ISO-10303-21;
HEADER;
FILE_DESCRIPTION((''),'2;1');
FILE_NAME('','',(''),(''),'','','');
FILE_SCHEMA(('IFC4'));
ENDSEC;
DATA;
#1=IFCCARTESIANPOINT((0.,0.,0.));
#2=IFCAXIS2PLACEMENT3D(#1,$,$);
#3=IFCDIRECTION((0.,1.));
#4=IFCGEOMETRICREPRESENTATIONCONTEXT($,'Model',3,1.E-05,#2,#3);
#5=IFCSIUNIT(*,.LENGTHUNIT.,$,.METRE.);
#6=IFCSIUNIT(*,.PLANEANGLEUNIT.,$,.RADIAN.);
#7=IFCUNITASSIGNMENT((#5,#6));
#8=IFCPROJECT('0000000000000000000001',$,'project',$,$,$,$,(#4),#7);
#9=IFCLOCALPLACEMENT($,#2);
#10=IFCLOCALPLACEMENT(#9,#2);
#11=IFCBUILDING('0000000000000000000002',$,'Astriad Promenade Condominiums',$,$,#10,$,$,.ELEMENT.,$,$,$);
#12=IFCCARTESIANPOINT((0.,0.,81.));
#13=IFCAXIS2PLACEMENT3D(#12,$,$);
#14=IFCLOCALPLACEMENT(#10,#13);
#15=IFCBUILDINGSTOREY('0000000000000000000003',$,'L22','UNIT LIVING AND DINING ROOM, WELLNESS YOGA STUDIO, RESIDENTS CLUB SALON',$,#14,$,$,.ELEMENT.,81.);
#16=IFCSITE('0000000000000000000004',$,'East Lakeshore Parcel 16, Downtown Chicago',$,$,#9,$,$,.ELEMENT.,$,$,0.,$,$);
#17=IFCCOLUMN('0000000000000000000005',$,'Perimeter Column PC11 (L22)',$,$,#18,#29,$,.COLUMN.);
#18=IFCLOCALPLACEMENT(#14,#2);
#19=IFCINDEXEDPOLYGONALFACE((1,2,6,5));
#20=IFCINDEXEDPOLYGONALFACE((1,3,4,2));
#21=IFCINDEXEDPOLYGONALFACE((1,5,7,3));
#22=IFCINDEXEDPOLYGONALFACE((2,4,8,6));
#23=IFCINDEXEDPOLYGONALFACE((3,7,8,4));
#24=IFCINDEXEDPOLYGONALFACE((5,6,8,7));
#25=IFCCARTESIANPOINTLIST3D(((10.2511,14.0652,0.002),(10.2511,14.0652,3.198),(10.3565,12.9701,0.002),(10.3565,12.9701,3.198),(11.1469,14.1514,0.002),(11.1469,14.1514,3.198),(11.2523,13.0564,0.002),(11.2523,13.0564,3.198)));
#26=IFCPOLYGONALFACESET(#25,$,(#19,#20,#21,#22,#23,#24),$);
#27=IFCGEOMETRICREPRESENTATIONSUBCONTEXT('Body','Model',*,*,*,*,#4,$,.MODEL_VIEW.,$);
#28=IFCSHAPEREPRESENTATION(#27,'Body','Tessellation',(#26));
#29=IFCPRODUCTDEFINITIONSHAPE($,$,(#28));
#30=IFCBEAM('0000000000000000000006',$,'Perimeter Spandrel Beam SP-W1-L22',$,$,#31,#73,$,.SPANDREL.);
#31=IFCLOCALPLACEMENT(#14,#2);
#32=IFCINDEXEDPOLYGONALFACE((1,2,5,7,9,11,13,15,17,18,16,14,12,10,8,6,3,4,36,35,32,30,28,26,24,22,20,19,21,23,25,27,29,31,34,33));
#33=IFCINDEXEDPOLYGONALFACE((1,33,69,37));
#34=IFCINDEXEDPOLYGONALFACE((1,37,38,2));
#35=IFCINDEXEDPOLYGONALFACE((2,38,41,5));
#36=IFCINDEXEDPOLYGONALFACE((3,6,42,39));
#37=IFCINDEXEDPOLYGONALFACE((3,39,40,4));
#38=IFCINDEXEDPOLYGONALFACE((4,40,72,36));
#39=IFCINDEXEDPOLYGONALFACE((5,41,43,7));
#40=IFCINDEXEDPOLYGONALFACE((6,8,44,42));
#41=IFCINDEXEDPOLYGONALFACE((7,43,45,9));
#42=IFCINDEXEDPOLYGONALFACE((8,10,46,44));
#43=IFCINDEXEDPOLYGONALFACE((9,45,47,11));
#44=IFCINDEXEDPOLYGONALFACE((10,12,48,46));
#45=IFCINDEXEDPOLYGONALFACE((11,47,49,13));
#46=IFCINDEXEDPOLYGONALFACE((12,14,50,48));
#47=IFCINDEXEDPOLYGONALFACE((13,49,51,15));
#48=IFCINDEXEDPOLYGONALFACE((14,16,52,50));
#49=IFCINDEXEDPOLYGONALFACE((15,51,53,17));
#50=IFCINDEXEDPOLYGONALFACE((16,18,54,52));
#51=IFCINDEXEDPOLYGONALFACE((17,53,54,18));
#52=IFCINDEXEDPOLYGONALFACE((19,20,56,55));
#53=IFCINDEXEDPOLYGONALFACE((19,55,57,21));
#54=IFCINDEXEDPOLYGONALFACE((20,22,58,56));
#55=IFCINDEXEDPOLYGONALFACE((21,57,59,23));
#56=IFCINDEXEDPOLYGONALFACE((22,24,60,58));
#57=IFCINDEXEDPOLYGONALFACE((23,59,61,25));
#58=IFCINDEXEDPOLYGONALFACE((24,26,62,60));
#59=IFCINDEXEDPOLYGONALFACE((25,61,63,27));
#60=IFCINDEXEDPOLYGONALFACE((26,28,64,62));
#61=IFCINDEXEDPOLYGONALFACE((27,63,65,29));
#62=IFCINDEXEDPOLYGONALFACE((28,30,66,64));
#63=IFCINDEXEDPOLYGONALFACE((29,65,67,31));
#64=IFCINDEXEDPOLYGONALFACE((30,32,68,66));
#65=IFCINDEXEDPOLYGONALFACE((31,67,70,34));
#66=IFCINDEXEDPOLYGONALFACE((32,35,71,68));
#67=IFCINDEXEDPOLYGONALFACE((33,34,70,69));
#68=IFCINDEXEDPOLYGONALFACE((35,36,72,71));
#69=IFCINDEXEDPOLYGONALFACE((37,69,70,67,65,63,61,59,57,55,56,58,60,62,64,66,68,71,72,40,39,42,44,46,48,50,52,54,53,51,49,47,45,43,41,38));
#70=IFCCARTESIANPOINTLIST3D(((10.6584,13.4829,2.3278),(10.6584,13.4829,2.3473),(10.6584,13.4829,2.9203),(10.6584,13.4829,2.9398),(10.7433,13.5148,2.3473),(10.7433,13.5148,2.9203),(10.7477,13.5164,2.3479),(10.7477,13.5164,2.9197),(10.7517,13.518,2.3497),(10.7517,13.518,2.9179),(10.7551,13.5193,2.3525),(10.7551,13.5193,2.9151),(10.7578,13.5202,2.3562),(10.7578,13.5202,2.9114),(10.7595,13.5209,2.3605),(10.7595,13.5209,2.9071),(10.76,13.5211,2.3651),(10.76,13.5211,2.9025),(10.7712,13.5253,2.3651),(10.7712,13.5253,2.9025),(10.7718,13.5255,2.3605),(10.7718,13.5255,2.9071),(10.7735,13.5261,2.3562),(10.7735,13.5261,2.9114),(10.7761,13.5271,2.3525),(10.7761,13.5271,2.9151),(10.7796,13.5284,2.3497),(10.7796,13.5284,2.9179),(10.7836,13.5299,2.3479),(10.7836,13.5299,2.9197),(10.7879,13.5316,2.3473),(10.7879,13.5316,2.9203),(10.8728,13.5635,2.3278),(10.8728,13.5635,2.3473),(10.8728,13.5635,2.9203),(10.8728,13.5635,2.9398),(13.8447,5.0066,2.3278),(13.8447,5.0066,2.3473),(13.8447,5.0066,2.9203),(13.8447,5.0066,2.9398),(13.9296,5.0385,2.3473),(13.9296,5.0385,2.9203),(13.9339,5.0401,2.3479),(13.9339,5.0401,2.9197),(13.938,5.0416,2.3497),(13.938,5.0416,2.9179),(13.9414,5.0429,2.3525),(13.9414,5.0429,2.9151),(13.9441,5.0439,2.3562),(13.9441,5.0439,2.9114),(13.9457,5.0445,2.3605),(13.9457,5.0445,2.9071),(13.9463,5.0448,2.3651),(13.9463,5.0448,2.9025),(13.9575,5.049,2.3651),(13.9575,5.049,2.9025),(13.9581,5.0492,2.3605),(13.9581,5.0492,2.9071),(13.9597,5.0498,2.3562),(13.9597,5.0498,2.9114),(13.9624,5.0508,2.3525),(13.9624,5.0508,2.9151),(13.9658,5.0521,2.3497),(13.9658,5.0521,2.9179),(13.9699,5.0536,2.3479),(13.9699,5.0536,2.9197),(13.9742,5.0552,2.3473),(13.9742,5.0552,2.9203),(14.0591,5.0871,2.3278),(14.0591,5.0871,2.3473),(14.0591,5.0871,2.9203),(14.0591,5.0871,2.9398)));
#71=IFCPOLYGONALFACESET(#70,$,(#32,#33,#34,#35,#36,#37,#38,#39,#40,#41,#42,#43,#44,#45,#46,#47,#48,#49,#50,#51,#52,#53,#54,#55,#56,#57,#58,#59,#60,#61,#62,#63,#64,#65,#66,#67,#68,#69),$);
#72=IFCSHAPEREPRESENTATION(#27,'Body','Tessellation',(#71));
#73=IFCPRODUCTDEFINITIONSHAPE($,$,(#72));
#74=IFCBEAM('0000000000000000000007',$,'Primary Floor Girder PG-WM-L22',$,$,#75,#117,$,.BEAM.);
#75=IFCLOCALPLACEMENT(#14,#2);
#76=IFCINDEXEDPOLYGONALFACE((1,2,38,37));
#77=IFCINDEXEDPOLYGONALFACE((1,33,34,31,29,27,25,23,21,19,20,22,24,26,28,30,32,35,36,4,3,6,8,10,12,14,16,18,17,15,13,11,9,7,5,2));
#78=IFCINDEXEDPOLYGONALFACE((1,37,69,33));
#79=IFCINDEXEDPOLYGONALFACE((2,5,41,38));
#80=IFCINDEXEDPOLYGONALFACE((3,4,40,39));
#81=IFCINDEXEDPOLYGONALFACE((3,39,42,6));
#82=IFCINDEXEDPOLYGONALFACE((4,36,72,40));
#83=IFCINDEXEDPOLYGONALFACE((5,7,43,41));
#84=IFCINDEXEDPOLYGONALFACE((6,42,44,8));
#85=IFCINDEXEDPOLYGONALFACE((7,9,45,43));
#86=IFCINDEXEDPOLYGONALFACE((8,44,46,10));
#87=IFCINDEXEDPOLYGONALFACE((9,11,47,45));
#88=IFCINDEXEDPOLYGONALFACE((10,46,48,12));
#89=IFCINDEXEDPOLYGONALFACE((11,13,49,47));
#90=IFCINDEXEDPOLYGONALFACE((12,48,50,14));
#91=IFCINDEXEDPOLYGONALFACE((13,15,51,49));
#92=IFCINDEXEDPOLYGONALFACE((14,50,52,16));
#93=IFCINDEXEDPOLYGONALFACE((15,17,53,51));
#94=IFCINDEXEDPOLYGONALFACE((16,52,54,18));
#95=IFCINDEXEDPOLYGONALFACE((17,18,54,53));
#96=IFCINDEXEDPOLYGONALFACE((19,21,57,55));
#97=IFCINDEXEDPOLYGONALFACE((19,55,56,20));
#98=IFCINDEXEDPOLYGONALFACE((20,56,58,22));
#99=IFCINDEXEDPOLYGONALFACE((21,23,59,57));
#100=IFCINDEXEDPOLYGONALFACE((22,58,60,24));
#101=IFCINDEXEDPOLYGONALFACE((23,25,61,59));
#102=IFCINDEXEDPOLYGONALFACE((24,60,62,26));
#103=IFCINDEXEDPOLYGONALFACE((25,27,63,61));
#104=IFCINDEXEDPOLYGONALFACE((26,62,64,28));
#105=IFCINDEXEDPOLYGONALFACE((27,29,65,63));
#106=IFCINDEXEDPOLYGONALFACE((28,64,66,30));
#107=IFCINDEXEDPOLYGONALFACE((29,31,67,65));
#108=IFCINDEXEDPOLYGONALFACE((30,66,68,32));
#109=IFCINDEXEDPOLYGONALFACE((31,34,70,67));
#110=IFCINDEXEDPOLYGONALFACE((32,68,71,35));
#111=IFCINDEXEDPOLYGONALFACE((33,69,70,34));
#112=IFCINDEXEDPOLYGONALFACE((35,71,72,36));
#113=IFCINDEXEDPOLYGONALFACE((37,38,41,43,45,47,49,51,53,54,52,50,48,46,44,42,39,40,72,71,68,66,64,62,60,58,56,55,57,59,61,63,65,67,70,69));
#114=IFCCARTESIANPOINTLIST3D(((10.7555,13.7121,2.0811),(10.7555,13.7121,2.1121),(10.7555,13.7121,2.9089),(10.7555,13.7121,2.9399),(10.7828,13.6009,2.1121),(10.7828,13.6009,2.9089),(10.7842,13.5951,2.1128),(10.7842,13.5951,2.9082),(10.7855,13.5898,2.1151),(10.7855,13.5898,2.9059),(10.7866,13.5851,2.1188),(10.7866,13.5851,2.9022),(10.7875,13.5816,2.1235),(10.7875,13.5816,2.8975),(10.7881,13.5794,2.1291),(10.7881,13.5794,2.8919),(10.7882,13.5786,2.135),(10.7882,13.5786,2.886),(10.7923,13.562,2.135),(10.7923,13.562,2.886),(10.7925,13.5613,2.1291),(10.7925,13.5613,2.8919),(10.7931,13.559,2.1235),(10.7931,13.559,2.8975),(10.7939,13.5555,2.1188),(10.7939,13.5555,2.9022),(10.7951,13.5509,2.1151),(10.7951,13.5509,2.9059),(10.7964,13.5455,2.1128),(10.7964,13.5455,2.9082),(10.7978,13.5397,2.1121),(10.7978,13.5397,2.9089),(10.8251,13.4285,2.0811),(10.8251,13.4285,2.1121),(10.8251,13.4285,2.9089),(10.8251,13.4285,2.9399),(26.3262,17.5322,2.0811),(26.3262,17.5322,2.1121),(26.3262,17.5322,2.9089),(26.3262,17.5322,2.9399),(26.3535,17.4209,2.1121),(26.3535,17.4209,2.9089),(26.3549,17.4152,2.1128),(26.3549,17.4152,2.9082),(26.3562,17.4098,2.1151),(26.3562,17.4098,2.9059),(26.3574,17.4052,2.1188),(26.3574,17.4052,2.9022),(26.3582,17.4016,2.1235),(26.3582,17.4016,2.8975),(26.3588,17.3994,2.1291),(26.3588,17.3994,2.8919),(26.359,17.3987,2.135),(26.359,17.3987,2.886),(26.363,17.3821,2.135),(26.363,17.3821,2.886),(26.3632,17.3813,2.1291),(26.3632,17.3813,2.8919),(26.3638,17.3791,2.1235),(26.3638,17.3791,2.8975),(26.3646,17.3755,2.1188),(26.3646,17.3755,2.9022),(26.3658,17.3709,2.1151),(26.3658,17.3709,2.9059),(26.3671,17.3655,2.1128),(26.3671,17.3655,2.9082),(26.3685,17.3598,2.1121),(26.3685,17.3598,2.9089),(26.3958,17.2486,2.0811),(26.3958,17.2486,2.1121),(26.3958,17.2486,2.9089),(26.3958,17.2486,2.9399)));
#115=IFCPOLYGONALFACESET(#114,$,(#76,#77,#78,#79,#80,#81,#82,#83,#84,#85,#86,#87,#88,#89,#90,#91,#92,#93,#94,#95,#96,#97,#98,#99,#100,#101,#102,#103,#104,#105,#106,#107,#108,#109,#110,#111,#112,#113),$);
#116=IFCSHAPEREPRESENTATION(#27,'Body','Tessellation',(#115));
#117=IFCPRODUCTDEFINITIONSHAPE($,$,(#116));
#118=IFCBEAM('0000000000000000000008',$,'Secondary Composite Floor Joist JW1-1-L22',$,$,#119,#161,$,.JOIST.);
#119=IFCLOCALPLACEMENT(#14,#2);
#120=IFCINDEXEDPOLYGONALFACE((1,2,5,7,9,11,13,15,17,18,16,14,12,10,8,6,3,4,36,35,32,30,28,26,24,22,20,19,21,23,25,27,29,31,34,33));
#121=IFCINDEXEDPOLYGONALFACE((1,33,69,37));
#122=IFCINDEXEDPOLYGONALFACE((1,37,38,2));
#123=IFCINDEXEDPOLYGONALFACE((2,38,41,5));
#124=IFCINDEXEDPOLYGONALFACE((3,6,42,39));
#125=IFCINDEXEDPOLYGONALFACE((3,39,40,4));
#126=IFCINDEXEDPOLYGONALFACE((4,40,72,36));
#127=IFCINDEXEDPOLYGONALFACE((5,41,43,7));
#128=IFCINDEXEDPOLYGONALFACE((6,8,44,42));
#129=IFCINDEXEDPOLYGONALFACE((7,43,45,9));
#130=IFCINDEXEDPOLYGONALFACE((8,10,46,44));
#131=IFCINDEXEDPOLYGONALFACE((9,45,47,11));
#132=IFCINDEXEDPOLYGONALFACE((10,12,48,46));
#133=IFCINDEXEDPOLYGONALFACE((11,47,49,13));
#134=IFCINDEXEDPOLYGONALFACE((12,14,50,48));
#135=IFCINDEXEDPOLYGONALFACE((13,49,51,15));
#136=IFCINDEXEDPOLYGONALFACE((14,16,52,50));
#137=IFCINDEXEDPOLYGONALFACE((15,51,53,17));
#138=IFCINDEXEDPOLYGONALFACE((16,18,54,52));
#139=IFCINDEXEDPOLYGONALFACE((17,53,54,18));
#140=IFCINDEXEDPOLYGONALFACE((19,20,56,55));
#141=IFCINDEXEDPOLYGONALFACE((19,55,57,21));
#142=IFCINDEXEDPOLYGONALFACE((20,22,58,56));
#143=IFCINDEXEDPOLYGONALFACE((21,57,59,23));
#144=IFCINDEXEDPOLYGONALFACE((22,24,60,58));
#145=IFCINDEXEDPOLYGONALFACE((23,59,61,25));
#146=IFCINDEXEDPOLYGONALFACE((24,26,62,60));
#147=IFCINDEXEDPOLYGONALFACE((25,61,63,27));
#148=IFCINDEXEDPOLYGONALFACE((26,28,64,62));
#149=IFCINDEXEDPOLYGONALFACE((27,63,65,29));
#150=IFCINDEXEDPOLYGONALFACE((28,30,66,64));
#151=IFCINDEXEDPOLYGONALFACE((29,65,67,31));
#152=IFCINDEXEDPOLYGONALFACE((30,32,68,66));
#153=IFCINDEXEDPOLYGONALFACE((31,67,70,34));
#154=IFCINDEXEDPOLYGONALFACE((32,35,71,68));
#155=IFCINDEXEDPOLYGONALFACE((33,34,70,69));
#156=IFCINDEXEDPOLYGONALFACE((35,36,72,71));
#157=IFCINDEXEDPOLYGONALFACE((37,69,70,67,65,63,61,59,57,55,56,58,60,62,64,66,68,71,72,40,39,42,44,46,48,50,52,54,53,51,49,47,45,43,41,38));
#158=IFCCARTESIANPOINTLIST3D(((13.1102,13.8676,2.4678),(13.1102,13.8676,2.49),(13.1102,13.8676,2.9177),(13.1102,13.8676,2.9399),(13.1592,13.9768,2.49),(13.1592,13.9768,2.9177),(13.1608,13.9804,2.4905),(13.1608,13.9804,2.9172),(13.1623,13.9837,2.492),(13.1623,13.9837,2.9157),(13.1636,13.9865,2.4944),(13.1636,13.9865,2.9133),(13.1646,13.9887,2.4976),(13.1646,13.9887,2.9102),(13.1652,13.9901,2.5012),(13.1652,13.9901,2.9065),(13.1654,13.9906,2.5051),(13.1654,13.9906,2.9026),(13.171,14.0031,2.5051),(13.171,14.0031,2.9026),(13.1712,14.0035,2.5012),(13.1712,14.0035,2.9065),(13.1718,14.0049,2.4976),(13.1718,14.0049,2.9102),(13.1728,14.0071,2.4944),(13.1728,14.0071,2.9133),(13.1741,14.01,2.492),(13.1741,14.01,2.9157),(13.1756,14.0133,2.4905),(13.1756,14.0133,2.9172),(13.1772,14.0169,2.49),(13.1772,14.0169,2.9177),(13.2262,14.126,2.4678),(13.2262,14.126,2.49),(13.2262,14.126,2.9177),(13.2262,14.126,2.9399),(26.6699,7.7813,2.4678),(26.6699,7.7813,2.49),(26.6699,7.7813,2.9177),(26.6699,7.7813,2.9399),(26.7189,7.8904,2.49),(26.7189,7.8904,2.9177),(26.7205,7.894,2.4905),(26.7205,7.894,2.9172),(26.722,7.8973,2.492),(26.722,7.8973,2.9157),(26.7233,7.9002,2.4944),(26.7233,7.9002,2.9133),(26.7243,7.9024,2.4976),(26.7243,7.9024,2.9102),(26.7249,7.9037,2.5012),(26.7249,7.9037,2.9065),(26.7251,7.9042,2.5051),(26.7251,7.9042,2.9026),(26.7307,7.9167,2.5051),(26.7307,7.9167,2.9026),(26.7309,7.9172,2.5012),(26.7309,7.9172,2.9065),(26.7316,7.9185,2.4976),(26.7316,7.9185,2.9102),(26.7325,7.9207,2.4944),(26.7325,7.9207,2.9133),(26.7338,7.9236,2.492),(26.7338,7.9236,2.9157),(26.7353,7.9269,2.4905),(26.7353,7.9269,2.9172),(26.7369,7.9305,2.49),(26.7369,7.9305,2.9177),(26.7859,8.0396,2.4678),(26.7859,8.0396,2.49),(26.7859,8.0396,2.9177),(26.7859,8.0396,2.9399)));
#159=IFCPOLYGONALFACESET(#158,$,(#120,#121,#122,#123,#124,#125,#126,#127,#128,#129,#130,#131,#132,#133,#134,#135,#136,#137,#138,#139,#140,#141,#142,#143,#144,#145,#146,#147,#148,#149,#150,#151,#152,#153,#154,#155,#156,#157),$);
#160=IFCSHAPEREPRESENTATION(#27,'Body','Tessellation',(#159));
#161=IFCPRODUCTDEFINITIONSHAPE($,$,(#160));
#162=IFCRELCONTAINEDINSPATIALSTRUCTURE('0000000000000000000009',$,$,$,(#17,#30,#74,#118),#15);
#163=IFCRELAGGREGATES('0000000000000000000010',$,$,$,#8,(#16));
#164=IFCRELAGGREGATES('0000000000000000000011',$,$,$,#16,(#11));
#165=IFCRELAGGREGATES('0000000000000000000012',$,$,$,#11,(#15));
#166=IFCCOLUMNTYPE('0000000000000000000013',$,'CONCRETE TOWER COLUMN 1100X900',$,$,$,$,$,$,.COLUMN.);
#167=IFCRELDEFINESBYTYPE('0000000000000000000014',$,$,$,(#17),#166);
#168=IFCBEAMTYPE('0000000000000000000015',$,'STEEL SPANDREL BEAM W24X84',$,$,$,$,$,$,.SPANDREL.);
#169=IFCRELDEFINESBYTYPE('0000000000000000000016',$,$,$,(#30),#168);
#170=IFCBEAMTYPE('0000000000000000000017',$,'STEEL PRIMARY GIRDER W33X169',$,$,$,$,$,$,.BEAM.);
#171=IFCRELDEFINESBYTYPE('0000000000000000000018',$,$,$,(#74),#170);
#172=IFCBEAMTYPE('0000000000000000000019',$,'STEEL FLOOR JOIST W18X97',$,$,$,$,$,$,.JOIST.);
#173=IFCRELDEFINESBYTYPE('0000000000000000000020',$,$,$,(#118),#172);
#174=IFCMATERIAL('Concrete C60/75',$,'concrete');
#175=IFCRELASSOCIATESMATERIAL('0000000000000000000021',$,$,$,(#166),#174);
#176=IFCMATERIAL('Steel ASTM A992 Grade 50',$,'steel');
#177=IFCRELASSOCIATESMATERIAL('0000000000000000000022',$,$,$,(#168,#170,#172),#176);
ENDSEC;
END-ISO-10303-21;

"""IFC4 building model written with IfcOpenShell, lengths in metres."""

from ifc_helpers import new_model, si_unit, direction, frame, origin, origin_2d, place, context, subcontext, project, spatial, rectangle, i_section, extrude, source, transform, mapped, material, material_profile, profile_set, type_object, type_shapes, element, save


model = new_model("IFC4")

# Units and contexts
model_context = context("Model", 3, precision=1e-05, world=origin(), true_north=direction((0.0, 1.0)))
body_context = subcontext(model_context, "Body", "Model", "MODEL_VIEW")
ifc_project = project(units=[si_unit("LENGTHUNIT", "METRE"), si_unit("PLANEANGLEUNIT", "RADIAN")], contexts=[model_context])

# Site, building, storey
site_placement = place(None, origin())
site = spatial("IfcSite", under=ifc_project, at=site_placement, Name="East Lakeshore Parcel 16, Downtown Chicago", CompositionType="ELEMENT", RefElevation=0.0)
building_placement = place(site_placement, origin())
building = spatial("IfcBuilding", under=site, at=building_placement, Name="Astriad Promenade Condominiums", CompositionType="ELEMENT")
storey_placement = place(building_placement, frame((0.0, 0.0, 81.0)))
storey = spatial("IfcBuildingStorey", under=building, at=storey_placement, Name="L22", Description="UNIT LIVING AND DINING ROOM, WELLNESS YOGA STUDIO, RESIDENTS CLUB SALON", CompositionType="ELEMENT", Elevation=81.0)

# Column
ifc_material_1 = material(Name="Concrete C60/75", Category="concrete")
ifc_material_profile_1 = material_profile(ifc_material_1, rectangle(XDim=0.8999, YDim=1.1001, at=origin_2d()), Name="RC-COL-1100X900")
ifc_profile_set_1 = profile_set([ifc_material_profile_1], Name="Concrete C60/75")
column_type = type_object("IfcColumnType", Name="CONCRETE TOWER COLUMN 1100X900", PredefinedType="COLUMN", material=ifc_profile_set_1)
shared_shape_1 = source(origin(), body_context, "Body", "SweptSolid", [
    extrude(rectangle(XDim=0.8999, YDim=1.1001, at=origin_2d()), origin(), (0.0, 0.0, 1.0), 3.196),
])
type_shapes(column_type, [shared_shape_1])
column_placement = place(storey_placement, frame((10.7517, 13.5608, 0.002), z_axis=(0.0, 0.0, 1.0), x_axis=(0.995396, 0.095846, 0.0)))
element("IfcColumn", 1, at=column_placement, inside=storey, type_object=column_type, Name="Perimeter Column PC11 (L22)", PredefinedType="COLUMN", context=body_context, shape_type="MappedRepresentation", body=[
    mapped(shared_shape_1, transform((0.0, 0.0, 0.0), scale=1.0)),
])

# Beams
ifc_material_2 = material(Name="Steel ASTM A992 Grade 50", Category="steel")
ifc_material_profile_2 = material_profile(ifc_material_2, i_section(OverallWidth=0.229, OverallDepth=0.6121, WebThickness=0.012, FlangeThickness=0.0195, FilletRadius=0.0178, at=origin_2d()), Name="W24X84")
ifc_profile_set_2 = profile_set([ifc_material_profile_2], Name="Steel ASTM A992 Grade 50")
beam_type_1 = type_object("IfcBeamType", Name="STEEL SPANDREL BEAM W24X84", PredefinedType="SPANDREL", material=ifc_profile_set_2)
shared_shape_2 = source(origin(), body_context, "Body", "SweptSolid", [
    extrude(i_section(OverallWidth=0.229, OverallDepth=0.6121, WebThickness=0.012, FlangeThickness=0.0195, FilletRadius=0.0178, at=origin_2d()), origin(), (0.0, 0.0, 1.0), 9.0554),
])
type_shapes(beam_type_1, [shared_shape_2])
beam_1_placement = place(storey_placement, frame((10.7656, 13.5232, 2.6338), z_axis=(0.351865, -0.936051, 0.0), x_axis=(0.936051, 0.351865, 0.0)))
element("IfcBeam", 2, at=beam_1_placement, inside=storey, type_object=beam_type_1, Name="Perimeter Spandrel Beam SP-W1-L22", PredefinedType="SPANDREL", context=body_context, shape_type="MappedRepresentation", body=[
    mapped(shared_shape_2, transform((0.0, 0.0, 0.0), scale=1.0)),
])
ifc_material_profile_3 = material_profile(ifc_material_2, i_section(OverallWidth=0.292, OverallDepth=0.8589, WebThickness=0.0171, FlangeThickness=0.031, FilletRadius=0.0229, at=origin_2d()), Name="W33X169")
ifc_profile_set_3 = profile_set([ifc_material_profile_3], Name="Steel ASTM A992 Grade 50")
beam_type_2 = type_object("IfcBeamType", Name="STEEL PRIMARY GIRDER W33X169", PredefinedType="BEAM", material=ifc_profile_set_3)
shared_shape_3 = source(origin(), body_context, "Body", "SweptSolid", [
    extrude(i_section(OverallWidth=0.292, OverallDepth=0.8589, WebThickness=0.0171, FlangeThickness=0.031, FilletRadius=0.0229, at=origin_2d()), origin(), (0.0, 0.0, 1.0), 16.0325),
])
type_shapes(beam_type_2, [shared_shape_3])
beam_2_placement = place(storey_placement, frame((10.7903, 13.5703, 2.5105), z_axis=(0.971199, 0.238269, 0.0), x_axis=(-0.238269, 0.971199, 0.0)))
element("IfcBeam", 3, at=beam_2_placement, inside=storey, type_object=beam_type_2, Name="Primary Floor Girder PG-WM-L22", PredefinedType="BEAM", context=body_context, shape_type="MappedRepresentation", body=[
    mapped(shared_shape_3, transform((0.0, 0.0, 0.0), scale=1.0)),
])
ifc_material_profile_4 = material_profile(ifc_material_2, i_section(OverallWidth=0.2832, OverallDepth=0.4722, WebThickness=0.0137, FlangeThickness=0.0222, FilletRadius=0.0151, at=origin_2d()), Name="W18X97")
ifc_profile_set_4 = profile_set([ifc_material_profile_4], Name="Steel ASTM A992 Grade 50")
beam_type_3 = type_object("IfcBeamType", Name="STEEL FLOOR JOIST W18X97", PredefinedType="JOIST", material=ifc_profile_set_4)
shared_shape_4 = source(origin(), body_context, "Body", "SweptSolid", [
    extrude(i_section(OverallWidth=0.2832, OverallDepth=0.4722, WebThickness=0.0137, FlangeThickness=0.0222, FilletRadius=0.0151, at=origin_2d()), origin(), (0.0, 0.0, 1.0), 14.863),
])
beam_3_placement = place(storey_placement, frame((13.1682, 13.9968, 2.7039), z_axis=(0.912311, -0.409498, 0.0), x_axis=(0.409498, 0.912311, 0.0)))
element("IfcBeam", 4, at=beam_3_placement, inside=storey, type_object=beam_type_3, Name="Secondary Composite Floor Joist JW1-1-L22", PredefinedType="JOIST", context=body_context, shape_type="MappedRepresentation", body=[
    mapped(shared_shape_4, transform((0.0, 0.0, 0.0), scale=1.0)),
])

save(model, "model.ifc")
